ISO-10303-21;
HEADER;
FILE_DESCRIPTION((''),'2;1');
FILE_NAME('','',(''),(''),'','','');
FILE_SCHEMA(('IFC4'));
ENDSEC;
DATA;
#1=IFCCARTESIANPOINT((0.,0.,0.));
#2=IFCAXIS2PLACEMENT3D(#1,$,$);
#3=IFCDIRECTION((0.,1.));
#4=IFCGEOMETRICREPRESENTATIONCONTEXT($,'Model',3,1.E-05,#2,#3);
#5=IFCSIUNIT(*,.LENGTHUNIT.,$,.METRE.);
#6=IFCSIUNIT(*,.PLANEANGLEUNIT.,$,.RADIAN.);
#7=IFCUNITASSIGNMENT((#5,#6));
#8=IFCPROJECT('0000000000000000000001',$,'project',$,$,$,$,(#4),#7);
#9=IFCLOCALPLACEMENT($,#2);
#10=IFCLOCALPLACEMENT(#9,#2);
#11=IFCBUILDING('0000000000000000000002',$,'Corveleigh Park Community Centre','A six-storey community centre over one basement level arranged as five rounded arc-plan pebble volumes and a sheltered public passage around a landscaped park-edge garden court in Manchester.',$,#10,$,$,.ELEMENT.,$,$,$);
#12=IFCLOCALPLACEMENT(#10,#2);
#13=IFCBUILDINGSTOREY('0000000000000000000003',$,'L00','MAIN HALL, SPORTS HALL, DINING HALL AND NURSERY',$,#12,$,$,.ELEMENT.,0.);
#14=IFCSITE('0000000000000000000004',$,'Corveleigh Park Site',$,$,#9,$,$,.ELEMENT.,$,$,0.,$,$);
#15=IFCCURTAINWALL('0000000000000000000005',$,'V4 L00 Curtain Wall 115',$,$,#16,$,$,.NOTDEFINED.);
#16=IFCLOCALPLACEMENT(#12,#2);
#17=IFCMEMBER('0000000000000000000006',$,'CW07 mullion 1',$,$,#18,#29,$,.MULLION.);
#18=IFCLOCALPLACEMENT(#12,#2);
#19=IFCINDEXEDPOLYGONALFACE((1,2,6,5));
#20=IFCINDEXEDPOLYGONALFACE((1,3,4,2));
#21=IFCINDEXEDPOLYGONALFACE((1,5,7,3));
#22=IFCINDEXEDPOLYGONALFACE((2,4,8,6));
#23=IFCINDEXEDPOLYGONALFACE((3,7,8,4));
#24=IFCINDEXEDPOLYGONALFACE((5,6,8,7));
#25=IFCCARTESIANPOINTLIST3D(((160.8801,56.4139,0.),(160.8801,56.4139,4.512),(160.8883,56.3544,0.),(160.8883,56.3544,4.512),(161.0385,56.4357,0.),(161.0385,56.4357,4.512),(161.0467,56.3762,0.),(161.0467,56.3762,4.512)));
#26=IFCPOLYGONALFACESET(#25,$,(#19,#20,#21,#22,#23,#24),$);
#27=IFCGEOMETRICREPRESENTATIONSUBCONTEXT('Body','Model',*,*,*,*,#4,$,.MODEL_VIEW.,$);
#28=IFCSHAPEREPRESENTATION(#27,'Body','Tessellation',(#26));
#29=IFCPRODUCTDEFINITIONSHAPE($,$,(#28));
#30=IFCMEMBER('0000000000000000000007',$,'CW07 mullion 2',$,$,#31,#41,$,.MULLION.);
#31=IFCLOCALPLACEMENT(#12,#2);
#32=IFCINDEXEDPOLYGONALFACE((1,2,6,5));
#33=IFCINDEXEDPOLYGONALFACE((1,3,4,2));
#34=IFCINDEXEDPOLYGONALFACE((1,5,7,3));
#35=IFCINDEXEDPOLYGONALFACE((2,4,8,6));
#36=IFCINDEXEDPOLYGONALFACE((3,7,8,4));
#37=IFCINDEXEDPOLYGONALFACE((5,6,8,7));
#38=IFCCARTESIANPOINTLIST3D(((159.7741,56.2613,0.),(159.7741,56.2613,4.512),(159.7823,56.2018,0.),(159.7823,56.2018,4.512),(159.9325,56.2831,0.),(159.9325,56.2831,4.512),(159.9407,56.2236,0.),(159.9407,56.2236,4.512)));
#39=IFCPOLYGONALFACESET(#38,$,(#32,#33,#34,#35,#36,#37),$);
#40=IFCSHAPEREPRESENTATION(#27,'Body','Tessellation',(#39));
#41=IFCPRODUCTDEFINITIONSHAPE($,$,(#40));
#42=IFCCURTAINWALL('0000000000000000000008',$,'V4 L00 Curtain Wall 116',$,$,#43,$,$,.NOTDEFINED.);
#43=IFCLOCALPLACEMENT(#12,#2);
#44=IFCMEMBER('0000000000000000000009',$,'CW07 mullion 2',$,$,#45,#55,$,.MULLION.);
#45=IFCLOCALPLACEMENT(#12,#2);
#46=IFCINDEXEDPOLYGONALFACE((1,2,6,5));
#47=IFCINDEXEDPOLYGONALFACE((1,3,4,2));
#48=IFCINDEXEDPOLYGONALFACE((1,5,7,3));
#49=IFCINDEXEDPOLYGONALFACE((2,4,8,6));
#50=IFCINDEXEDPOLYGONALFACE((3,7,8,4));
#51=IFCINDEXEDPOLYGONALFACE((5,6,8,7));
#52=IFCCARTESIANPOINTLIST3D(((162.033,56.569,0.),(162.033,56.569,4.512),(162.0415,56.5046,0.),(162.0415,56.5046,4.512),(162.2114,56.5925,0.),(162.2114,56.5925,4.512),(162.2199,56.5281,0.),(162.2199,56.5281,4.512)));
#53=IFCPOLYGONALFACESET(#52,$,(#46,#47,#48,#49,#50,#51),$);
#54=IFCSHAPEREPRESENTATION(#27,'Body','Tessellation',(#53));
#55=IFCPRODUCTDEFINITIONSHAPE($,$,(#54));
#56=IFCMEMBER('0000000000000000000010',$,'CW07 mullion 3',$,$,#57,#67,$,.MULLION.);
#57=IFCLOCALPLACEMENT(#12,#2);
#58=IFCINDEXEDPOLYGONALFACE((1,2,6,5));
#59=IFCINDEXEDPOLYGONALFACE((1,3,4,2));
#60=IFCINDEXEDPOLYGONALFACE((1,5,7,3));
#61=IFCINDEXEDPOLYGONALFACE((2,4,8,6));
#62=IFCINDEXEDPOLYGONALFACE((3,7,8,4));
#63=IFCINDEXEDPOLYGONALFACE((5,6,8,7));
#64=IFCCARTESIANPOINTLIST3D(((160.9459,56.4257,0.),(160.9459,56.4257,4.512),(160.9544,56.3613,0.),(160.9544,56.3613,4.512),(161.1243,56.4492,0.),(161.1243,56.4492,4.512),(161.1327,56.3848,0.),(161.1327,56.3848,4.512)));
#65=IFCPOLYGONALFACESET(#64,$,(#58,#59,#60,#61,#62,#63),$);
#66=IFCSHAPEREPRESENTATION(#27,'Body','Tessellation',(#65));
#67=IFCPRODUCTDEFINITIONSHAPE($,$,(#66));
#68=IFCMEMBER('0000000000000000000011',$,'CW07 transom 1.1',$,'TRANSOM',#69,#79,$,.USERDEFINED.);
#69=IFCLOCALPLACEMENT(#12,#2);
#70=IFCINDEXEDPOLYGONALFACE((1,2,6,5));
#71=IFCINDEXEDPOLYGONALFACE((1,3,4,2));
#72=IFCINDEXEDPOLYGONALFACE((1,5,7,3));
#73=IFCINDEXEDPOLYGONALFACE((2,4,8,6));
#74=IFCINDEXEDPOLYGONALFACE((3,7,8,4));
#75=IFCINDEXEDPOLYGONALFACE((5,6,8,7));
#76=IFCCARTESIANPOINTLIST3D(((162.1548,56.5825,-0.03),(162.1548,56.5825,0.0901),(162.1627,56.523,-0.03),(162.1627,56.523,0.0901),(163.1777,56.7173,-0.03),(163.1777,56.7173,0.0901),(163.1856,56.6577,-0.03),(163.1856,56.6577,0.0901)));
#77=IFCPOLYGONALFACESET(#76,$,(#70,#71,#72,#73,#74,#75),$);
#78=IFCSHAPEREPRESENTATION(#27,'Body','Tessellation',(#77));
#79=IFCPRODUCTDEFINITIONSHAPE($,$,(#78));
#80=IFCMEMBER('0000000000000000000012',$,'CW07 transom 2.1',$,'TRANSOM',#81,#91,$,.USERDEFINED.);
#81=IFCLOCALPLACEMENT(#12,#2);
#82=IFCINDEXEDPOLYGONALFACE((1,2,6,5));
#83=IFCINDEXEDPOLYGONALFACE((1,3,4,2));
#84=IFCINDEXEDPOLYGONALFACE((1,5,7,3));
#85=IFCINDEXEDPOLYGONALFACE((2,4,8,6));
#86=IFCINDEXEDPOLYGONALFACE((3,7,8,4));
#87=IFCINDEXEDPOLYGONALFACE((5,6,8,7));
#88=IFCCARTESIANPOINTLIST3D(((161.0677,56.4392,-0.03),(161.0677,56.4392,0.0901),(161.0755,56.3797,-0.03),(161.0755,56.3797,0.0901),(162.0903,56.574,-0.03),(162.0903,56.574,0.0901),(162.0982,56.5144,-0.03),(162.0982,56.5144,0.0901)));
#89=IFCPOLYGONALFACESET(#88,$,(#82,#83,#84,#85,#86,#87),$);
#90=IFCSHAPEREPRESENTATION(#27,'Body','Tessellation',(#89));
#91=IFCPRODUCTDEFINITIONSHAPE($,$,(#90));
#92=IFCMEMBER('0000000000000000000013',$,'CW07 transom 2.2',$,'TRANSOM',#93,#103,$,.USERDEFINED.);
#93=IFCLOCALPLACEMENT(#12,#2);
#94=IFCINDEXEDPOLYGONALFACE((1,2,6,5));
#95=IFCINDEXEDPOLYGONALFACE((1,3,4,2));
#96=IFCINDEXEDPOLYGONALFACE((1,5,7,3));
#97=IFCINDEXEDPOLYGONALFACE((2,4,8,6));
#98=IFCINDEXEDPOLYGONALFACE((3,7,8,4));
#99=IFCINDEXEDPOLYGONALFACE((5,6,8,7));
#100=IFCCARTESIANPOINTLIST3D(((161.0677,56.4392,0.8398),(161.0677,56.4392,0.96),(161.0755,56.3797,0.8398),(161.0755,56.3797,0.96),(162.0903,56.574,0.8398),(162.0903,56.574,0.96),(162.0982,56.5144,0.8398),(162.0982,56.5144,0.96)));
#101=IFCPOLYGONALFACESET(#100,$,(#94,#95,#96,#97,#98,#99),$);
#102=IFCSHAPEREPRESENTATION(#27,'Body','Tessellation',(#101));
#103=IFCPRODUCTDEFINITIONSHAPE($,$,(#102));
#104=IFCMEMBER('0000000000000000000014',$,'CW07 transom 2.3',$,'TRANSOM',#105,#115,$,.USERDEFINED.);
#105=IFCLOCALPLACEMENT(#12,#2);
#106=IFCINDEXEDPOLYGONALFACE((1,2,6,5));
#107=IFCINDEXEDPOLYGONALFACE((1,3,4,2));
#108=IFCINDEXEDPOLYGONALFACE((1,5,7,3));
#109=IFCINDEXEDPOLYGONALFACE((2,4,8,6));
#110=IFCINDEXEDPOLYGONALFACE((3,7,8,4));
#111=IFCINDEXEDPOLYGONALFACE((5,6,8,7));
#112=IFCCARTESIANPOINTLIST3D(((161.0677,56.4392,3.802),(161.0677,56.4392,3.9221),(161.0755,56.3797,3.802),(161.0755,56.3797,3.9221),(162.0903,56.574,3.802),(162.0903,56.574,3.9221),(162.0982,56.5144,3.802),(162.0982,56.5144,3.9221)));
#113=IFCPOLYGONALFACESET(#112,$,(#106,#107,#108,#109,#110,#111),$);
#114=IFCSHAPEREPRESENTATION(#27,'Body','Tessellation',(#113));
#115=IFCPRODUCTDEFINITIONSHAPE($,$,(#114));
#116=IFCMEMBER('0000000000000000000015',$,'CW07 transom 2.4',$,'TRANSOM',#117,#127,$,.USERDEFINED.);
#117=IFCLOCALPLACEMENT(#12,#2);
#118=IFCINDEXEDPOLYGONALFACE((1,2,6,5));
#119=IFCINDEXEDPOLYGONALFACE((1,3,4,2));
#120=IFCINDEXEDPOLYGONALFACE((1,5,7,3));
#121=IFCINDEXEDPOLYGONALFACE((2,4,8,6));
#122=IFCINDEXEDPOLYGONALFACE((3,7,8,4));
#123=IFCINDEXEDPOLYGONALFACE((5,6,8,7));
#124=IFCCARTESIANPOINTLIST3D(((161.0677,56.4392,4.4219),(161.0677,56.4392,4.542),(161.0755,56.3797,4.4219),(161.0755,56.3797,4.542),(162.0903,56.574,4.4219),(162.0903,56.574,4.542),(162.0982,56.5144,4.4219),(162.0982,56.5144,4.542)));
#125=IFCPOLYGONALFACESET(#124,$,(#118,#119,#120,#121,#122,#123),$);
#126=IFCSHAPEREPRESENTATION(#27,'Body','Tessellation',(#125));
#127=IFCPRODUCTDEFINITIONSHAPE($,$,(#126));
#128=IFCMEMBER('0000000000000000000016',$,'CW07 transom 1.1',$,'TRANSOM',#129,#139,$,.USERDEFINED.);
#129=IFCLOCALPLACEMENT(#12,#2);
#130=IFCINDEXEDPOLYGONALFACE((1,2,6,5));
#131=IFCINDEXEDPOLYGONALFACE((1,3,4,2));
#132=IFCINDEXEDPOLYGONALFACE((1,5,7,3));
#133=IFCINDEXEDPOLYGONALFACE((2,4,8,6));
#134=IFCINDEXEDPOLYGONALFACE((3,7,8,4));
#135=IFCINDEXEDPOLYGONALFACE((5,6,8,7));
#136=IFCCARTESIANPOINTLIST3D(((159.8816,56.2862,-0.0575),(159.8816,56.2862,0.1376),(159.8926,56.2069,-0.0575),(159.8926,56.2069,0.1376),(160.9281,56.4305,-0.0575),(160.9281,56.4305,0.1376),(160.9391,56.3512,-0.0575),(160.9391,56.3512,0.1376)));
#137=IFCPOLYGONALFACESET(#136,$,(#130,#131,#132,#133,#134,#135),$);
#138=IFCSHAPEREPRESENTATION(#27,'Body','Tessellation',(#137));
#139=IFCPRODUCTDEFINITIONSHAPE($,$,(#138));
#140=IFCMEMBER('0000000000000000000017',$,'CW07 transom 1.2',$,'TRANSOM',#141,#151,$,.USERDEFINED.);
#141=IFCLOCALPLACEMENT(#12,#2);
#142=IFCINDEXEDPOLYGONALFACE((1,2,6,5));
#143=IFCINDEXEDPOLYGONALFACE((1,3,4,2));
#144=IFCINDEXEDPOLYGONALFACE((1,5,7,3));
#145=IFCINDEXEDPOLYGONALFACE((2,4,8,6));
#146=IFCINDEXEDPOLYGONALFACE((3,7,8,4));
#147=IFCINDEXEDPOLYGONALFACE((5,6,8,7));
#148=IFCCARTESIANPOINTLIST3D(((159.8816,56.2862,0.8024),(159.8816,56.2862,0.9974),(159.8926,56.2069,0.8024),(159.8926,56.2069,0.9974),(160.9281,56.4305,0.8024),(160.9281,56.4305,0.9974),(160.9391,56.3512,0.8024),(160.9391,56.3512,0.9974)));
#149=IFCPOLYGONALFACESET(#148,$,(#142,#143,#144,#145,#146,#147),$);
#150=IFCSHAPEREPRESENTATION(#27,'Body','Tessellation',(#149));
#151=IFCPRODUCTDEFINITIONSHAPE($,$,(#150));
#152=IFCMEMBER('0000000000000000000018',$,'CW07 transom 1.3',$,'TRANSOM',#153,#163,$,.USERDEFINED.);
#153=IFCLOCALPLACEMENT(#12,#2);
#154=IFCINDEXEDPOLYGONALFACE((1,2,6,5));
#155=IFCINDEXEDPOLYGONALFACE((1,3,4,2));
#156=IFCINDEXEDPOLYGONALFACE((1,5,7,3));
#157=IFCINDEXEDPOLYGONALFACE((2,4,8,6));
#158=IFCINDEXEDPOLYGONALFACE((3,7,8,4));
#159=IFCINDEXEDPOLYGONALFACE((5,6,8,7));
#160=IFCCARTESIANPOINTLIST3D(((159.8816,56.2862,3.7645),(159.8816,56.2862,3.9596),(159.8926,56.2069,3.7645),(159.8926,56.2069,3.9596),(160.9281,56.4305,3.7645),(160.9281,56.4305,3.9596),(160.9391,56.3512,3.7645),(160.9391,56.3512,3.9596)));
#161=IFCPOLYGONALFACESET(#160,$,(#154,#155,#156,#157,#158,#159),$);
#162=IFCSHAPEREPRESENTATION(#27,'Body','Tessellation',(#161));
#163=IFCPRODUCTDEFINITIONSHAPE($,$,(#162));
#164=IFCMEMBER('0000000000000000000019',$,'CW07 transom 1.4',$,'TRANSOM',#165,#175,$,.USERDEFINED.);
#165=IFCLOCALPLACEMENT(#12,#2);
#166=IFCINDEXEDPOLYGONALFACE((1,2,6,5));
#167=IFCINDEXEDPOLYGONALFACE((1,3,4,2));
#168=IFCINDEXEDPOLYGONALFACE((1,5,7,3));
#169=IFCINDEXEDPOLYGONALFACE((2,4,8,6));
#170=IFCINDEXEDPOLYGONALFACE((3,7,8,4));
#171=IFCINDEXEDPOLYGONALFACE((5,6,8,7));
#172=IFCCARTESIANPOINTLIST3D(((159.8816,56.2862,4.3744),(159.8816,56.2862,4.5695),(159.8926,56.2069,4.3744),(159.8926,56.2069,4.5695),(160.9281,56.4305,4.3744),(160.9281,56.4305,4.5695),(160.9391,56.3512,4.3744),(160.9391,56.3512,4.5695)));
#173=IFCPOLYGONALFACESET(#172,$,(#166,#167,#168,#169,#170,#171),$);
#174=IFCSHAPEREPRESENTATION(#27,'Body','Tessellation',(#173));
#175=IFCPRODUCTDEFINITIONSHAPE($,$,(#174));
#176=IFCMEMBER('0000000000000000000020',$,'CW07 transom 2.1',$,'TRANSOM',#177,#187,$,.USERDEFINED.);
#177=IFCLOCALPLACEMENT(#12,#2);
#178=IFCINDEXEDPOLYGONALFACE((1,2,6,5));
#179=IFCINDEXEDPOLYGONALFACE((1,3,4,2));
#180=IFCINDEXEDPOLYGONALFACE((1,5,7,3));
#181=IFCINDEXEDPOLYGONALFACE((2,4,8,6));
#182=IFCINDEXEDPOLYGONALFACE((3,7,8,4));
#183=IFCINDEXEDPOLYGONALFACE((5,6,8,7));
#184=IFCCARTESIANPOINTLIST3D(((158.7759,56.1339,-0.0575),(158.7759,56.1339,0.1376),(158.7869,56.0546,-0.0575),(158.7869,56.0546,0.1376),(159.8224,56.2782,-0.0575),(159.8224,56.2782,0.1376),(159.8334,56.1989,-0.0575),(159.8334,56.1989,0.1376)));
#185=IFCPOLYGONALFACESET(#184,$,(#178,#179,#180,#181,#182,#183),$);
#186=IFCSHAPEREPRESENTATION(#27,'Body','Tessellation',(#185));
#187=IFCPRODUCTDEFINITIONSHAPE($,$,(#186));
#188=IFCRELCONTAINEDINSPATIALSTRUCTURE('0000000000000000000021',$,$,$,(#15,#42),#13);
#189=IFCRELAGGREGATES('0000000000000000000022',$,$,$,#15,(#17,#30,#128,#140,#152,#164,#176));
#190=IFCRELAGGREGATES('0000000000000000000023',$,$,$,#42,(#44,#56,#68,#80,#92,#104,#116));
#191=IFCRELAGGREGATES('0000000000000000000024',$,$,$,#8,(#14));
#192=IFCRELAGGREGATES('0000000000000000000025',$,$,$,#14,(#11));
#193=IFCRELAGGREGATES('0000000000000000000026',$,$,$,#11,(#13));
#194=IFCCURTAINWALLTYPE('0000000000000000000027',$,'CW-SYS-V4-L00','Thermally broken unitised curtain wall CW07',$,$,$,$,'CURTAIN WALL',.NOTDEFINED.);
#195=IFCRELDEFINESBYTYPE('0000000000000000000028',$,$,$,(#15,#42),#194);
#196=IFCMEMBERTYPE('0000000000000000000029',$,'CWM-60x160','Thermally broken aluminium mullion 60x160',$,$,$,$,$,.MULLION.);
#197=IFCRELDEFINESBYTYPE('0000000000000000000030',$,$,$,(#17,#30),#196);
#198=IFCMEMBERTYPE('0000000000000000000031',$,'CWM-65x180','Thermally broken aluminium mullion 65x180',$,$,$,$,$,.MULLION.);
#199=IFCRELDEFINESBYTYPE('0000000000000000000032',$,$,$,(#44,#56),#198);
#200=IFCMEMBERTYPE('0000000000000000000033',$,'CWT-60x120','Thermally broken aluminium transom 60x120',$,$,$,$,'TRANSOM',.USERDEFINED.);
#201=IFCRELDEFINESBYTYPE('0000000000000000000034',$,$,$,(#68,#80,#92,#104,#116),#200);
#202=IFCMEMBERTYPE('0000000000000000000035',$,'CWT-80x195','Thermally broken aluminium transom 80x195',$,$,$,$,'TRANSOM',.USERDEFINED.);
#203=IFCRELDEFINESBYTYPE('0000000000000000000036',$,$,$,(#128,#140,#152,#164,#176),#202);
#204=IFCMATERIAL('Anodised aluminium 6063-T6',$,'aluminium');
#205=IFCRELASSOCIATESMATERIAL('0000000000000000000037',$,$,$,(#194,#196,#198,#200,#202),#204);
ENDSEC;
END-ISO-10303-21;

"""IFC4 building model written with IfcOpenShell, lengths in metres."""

from ifc_helpers import new_model, si_unit, direction, frame, origin, origin_2d, place, context, subcontext, project, spatial, rectangle, extrude, material, material_profile, profile_set, type_object, element, aggregate, save


model = new_model("IFC4")

# Units and contexts
model_context = context("Model", 3, precision=1e-05, world=origin(), true_north=direction((0.0, 1.0)))
body_context = subcontext(model_context, "Body", "Model", "MODEL_VIEW")
ifc_project = project(units=[si_unit("LENGTHUNIT", "METRE"), si_unit("PLANEANGLEUNIT", "RADIAN")], contexts=[model_context])

# Site, building, storey
site_placement = place(None, origin())
site = spatial("IfcSite", under=ifc_project, at=site_placement, Name="Corveleigh Park Site", CompositionType="ELEMENT", RefElevation=0.0)
building_placement = place(site_placement, origin())
building = spatial("IfcBuilding", under=site, at=building_placement, Name="Corveleigh Park Community Centre", Description="A six-storey community centre over one basement level arranged as five rounded arc-plan pebble volumes and a sheltered public passage around a landscaped park-edge garden court in Manchester.", CompositionType="ELEMENT")
storey_placement = place(building_placement, origin())
storey = spatial("IfcBuildingStorey", under=building, at=storey_placement, Name="L00", Description="MAIN HALL, SPORTS HALL, DINING HALL AND NURSERY", CompositionType="ELEMENT", Elevation=0.0)

# Curtain walls, members
ifc_material_1 = material(Name="Anodised aluminium 6063-T6", Category="aluminium")
curtain_wall_type = type_object("IfcCurtainWallType", Name="CW-SYS-V4-L00", Description="Thermally broken unitised curtain wall CW07", ElementType="CURTAIN WALL", PredefinedType="NOTDEFINED", material=ifc_material_1)
curtain_wall_1_placement = place(storey_placement, origin())
curtain_wall_1 = element("IfcCurtainWall", 1, at=curtain_wall_1_placement, inside=storey, type_object=curtain_wall_type, Name="V4 L00 Curtain Wall 115", PredefinedType="NOTDEFINED")
ifc_material_profile_1 = material_profile(ifc_material_1, rectangle(XDim=0.0601, YDim=0.1599, at=origin_2d()), Name="ALU-M60x160", Category="aluminium")
ifc_profile_set_1 = profile_set([ifc_material_profile_1], Name="Anodised aluminium 6063-T6")
member_type_1 = type_object("IfcMemberType", Name="CWM-60x160", Description="Thermally broken aluminium mullion 60x160", PredefinedType="MULLION", material=ifc_profile_set_1)
member_1_placement = place(storey_placement, frame((160.9634, 56.395, 0.0), z_axis=(0.0, 0.0, 1.0), x_axis=(0.136534, -0.990635, 0.0)))
member_1 = element("IfcMember", 2, at=member_1_placement, type_object=member_type_1, Name="CW07 mullion 1", PredefinedType="MULLION", context=body_context, shape_type="SweptSolid", body=[
    extrude(rectangle(XDim=0.0601, YDim=0.1599, at=origin_2d()), origin(), (0.0, 0.0, 1.0), 4.512),
])
member_2_placement = place(storey_placement, frame((159.8574, 56.2424, 0.0), z_axis=(0.0, 0.0, 1.0), x_axis=(0.136534, -0.990635, 0.0)))
member_2 = element("IfcMember", 3, at=member_2_placement, type_object=member_type_1, Name="CW07 mullion 2", PredefinedType="MULLION", context=body_context, shape_type="SweptSolid", body=[
    extrude(rectangle(XDim=0.0601, YDim=0.1599, at=origin_2d()), origin(), (0.0, 0.0, 1.0), 4.512),
])
curtain_wall_2_placement = place(storey_placement, origin())
curtain_wall_2 = element("IfcCurtainWall", 4, at=curtain_wall_2_placement, inside=storey, type_object=curtain_wall_type, Name="V4 L00 Curtain Wall 116", PredefinedType="NOTDEFINED")
ifc_material_profile_2 = material_profile(ifc_material_1, rectangle(XDim=0.0649, YDim=0.1799, at=origin_2d()), Name="ALU-M65x180", Category="aluminium")
ifc_profile_set_2 = profile_set([ifc_material_profile_2], Name="Anodised aluminium 6063-T6")
member_type_2 = type_object("IfcMemberType", Name="CWM-65x180", Description="Thermally broken aluminium mullion 65x180", PredefinedType="MULLION", material=ifc_profile_set_2)
member_3_placement = place(storey_placement, frame((162.1265, 56.5486, 0.0), z_axis=(0.0, 0.0, 1.0), x_axis=(0.130626, -0.991432, 0.0)))
member_3 = element("IfcMember", 5, at=member_3_placement, type_object=member_type_2, Name="CW07 mullion 2", PredefinedType="MULLION", context=body_context, shape_type="SweptSolid", body=[
    extrude(rectangle(XDim=0.0649, YDim=0.1799, at=origin_2d()), origin(), (0.0, 0.0, 1.0), 4.512),
])
member_4_placement = place(storey_placement, frame((161.0393, 56.4053, 0.0), z_axis=(0.0, 0.0, 1.0), x_axis=(0.130626, -0.991432, 0.0)))
member_4 = element("IfcMember", 6, at=member_4_placement, type_object=member_type_2, Name="CW07 mullion 3", PredefinedType="MULLION", context=body_context, shape_type="SweptSolid", body=[
    extrude(rectangle(XDim=0.0649, YDim=0.1799, at=origin_2d()), origin(), (0.0, 0.0, 1.0), 4.512),
])
ifc_material_profile_3 = material_profile(ifc_material_1, rectangle(XDim=0.0601, YDim=0.1201, at=origin_2d()), Name="ALU-T60x120", Category="aluminium")
ifc_profile_set_3 = profile_set([ifc_material_profile_3], Name="Anodised aluminium 6063-T6")
member_type_3 = type_object("IfcMemberType", Name="CWT-60x120", Description="Thermally broken aluminium transom 60x120", ElementType="TRANSOM", PredefinedType="USERDEFINED", material=ifc_profile_set_3)
member_5_placement = place(storey_placement, frame((163.1816, 56.6875, 0.03), z_axis=(-0.991433, -0.130614, 0.0), x_axis=(0.130614, -0.991433, 0.0)))
member_5 = element("IfcMember", 7, at=member_5_placement, type_object=member_type_3, Name="CW07 transom 1.1", ObjectType="TRANSOM", PredefinedType="USERDEFINED", context=body_context, shape_type="SweptSolid", body=[
    extrude(rectangle(XDim=0.0601, YDim=0.1201, at=origin_2d()), origin(), (0.0, 0.0, 1.0), 1.0317),
])
member_6_placement = place(storey_placement, frame((162.0942, 56.5442, 0.03), z_axis=(-0.991429, -0.130644, 0.0), x_axis=(0.130644, -0.991429, 0.0)))
member_6 = element("IfcMember", 8, at=member_6_placement, type_object=member_type_3, Name="CW07 transom 2.1", ObjectType="TRANSOM", PredefinedType="USERDEFINED", context=body_context, shape_type="SweptSolid", body=[
    extrude(rectangle(XDim=0.0601, YDim=0.1201, at=origin_2d()), origin(), (0.0, 0.0, 1.0), 1.0315),
])
member_7_placement = place(storey_placement, frame((162.0942, 56.5442, 0.8999), z_axis=(-0.991429, -0.130644, 0.0), x_axis=(0.130644, -0.991429, 0.0)))
member_7 = element("IfcMember", 9, at=member_7_placement, type_object=member_type_3, Name="CW07 transom 2.2", ObjectType="TRANSOM", PredefinedType="USERDEFINED", context=body_context, shape_type="SweptSolid", body=[
    extrude(rectangle(XDim=0.0601, YDim=0.1201, at=origin_2d()), origin(), (0.0, 0.0, 1.0), 1.0315),
])
member_8_placement = place(storey_placement, frame((162.0942, 56.5442, 3.8621), z_axis=(-0.991429, -0.130644, 0.0), x_axis=(0.130644, -0.991429, 0.0)))
member_8 = element("IfcMember", 10, at=member_8_placement, type_object=member_type_3, Name="CW07 transom 2.3", ObjectType="TRANSOM", PredefinedType="USERDEFINED", context=body_context, shape_type="SweptSolid", body=[
    extrude(rectangle(XDim=0.0601, YDim=0.1201, at=origin_2d()), origin(), (0.0, 0.0, 1.0), 1.0315),
])
member_9_placement = place(storey_placement, frame((162.0942, 56.5442, 4.4819), z_axis=(-0.991429, -0.130644, 0.0), x_axis=(0.130644, -0.991429, 0.0)))
member_9 = element("IfcMember", 11, at=member_9_placement, type_object=member_type_3, Name="CW07 transom 2.4", ObjectType="TRANSOM", PredefinedType="USERDEFINED", context=body_context, shape_type="SweptSolid", body=[
    extrude(rectangle(XDim=0.0601, YDim=0.1201, at=origin_2d()), origin(), (0.0, 0.0, 1.0), 1.0315),
])

# Members
ifc_material_profile_4 = material_profile(ifc_material_1, rectangle(XDim=0.0801, YDim=0.1951, at=origin_2d()), Name="ALU-T80x195", Category="aluminium")
ifc_profile_set_4 = profile_set([ifc_material_profile_4], Name="Anodised aluminium 6063-T6")
member_type_4 = type_object("IfcMemberType", Name="CWT-80x195", Description="Thermally broken aluminium transom 80x195", ElementType="TRANSOM", PredefinedType="USERDEFINED", material=ifc_profile_set_4)
member_10_placement = place(storey_placement, frame((160.9336, 56.3909, 0.04), z_axis=(-0.990627, -0.136598, 0.0), x_axis=(0.136598, -0.990627, 0.0)))
member_10 = element("IfcMember", 12, at=member_10_placement, type_object=member_type_4, Name="CW07 transom 1.1", ObjectType="TRANSOM", PredefinedType="USERDEFINED", context=body_context, shape_type="SweptSolid", body=[
    extrude(rectangle(XDim=0.0801, YDim=0.1951, at=origin_2d()), origin(), (0.0, 0.0, 1.0), 1.0564),
])
member_11_placement = place(storey_placement, frame((160.9336, 56.3909, 0.8999), z_axis=(-0.990627, -0.136598, 0.0), x_axis=(0.136598, -0.990627, 0.0)))
member_11 = element("IfcMember", 13, at=member_11_placement, type_object=member_type_4, Name="CW07 transom 1.2", ObjectType="TRANSOM", PredefinedType="USERDEFINED", context=body_context, shape_type="SweptSolid", body=[
    extrude(rectangle(XDim=0.0801, YDim=0.1951, at=origin_2d()), origin(), (0.0, 0.0, 1.0), 1.0564),
])
member_12_placement = place(storey_placement, frame((160.9336, 56.3909, 3.8621), z_axis=(-0.990627, -0.136598, 0.0), x_axis=(0.136598, -0.990627, 0.0)))
member_12 = element("IfcMember", 14, at=member_12_placement, type_object=member_type_4, Name="CW07 transom 1.3", ObjectType="TRANSOM", PredefinedType="USERDEFINED", context=body_context, shape_type="SweptSolid", body=[
    extrude(rectangle(XDim=0.0801, YDim=0.1951, at=origin_2d()), origin(), (0.0, 0.0, 1.0), 1.0564),
])
member_13_placement = place(storey_placement, frame((160.9336, 56.3909, 4.4719), z_axis=(-0.990627, -0.136598, 0.0), x_axis=(0.136598, -0.990627, 0.0)))
member_13 = element("IfcMember", 15, at=member_13_placement, type_object=member_type_4, Name="CW07 transom 1.4", ObjectType="TRANSOM", PredefinedType="USERDEFINED", context=body_context, shape_type="SweptSolid", body=[
    extrude(rectangle(XDim=0.0801, YDim=0.1951, at=origin_2d()), origin(), (0.0, 0.0, 1.0), 1.0564),
])
member_14_placement = place(storey_placement, frame((159.8279, 56.2385, 0.04), z_axis=(-0.990627, -0.136598, 0.0), x_axis=(0.136598, -0.990627, 0.0)))
member_14 = element("IfcMember", 16, at=member_14_placement, type_object=member_type_4, Name="CW07 transom 2.1", ObjectType="TRANSOM", PredefinedType="USERDEFINED", context=body_context, shape_type="SweptSolid", body=[
    extrude(rectangle(XDim=0.0801, YDim=0.1951, at=origin_2d()), origin(), (0.0, 0.0, 1.0), 1.0564),
])

aggregate(curtain_wall_1, [member_1, member_2, member_10, member_11, member_12, member_13, member_14])
aggregate(curtain_wall_2, [member_3, member_4, member_5, member_6, member_7, member_8, member_9])

save(model, "model.ifc")
